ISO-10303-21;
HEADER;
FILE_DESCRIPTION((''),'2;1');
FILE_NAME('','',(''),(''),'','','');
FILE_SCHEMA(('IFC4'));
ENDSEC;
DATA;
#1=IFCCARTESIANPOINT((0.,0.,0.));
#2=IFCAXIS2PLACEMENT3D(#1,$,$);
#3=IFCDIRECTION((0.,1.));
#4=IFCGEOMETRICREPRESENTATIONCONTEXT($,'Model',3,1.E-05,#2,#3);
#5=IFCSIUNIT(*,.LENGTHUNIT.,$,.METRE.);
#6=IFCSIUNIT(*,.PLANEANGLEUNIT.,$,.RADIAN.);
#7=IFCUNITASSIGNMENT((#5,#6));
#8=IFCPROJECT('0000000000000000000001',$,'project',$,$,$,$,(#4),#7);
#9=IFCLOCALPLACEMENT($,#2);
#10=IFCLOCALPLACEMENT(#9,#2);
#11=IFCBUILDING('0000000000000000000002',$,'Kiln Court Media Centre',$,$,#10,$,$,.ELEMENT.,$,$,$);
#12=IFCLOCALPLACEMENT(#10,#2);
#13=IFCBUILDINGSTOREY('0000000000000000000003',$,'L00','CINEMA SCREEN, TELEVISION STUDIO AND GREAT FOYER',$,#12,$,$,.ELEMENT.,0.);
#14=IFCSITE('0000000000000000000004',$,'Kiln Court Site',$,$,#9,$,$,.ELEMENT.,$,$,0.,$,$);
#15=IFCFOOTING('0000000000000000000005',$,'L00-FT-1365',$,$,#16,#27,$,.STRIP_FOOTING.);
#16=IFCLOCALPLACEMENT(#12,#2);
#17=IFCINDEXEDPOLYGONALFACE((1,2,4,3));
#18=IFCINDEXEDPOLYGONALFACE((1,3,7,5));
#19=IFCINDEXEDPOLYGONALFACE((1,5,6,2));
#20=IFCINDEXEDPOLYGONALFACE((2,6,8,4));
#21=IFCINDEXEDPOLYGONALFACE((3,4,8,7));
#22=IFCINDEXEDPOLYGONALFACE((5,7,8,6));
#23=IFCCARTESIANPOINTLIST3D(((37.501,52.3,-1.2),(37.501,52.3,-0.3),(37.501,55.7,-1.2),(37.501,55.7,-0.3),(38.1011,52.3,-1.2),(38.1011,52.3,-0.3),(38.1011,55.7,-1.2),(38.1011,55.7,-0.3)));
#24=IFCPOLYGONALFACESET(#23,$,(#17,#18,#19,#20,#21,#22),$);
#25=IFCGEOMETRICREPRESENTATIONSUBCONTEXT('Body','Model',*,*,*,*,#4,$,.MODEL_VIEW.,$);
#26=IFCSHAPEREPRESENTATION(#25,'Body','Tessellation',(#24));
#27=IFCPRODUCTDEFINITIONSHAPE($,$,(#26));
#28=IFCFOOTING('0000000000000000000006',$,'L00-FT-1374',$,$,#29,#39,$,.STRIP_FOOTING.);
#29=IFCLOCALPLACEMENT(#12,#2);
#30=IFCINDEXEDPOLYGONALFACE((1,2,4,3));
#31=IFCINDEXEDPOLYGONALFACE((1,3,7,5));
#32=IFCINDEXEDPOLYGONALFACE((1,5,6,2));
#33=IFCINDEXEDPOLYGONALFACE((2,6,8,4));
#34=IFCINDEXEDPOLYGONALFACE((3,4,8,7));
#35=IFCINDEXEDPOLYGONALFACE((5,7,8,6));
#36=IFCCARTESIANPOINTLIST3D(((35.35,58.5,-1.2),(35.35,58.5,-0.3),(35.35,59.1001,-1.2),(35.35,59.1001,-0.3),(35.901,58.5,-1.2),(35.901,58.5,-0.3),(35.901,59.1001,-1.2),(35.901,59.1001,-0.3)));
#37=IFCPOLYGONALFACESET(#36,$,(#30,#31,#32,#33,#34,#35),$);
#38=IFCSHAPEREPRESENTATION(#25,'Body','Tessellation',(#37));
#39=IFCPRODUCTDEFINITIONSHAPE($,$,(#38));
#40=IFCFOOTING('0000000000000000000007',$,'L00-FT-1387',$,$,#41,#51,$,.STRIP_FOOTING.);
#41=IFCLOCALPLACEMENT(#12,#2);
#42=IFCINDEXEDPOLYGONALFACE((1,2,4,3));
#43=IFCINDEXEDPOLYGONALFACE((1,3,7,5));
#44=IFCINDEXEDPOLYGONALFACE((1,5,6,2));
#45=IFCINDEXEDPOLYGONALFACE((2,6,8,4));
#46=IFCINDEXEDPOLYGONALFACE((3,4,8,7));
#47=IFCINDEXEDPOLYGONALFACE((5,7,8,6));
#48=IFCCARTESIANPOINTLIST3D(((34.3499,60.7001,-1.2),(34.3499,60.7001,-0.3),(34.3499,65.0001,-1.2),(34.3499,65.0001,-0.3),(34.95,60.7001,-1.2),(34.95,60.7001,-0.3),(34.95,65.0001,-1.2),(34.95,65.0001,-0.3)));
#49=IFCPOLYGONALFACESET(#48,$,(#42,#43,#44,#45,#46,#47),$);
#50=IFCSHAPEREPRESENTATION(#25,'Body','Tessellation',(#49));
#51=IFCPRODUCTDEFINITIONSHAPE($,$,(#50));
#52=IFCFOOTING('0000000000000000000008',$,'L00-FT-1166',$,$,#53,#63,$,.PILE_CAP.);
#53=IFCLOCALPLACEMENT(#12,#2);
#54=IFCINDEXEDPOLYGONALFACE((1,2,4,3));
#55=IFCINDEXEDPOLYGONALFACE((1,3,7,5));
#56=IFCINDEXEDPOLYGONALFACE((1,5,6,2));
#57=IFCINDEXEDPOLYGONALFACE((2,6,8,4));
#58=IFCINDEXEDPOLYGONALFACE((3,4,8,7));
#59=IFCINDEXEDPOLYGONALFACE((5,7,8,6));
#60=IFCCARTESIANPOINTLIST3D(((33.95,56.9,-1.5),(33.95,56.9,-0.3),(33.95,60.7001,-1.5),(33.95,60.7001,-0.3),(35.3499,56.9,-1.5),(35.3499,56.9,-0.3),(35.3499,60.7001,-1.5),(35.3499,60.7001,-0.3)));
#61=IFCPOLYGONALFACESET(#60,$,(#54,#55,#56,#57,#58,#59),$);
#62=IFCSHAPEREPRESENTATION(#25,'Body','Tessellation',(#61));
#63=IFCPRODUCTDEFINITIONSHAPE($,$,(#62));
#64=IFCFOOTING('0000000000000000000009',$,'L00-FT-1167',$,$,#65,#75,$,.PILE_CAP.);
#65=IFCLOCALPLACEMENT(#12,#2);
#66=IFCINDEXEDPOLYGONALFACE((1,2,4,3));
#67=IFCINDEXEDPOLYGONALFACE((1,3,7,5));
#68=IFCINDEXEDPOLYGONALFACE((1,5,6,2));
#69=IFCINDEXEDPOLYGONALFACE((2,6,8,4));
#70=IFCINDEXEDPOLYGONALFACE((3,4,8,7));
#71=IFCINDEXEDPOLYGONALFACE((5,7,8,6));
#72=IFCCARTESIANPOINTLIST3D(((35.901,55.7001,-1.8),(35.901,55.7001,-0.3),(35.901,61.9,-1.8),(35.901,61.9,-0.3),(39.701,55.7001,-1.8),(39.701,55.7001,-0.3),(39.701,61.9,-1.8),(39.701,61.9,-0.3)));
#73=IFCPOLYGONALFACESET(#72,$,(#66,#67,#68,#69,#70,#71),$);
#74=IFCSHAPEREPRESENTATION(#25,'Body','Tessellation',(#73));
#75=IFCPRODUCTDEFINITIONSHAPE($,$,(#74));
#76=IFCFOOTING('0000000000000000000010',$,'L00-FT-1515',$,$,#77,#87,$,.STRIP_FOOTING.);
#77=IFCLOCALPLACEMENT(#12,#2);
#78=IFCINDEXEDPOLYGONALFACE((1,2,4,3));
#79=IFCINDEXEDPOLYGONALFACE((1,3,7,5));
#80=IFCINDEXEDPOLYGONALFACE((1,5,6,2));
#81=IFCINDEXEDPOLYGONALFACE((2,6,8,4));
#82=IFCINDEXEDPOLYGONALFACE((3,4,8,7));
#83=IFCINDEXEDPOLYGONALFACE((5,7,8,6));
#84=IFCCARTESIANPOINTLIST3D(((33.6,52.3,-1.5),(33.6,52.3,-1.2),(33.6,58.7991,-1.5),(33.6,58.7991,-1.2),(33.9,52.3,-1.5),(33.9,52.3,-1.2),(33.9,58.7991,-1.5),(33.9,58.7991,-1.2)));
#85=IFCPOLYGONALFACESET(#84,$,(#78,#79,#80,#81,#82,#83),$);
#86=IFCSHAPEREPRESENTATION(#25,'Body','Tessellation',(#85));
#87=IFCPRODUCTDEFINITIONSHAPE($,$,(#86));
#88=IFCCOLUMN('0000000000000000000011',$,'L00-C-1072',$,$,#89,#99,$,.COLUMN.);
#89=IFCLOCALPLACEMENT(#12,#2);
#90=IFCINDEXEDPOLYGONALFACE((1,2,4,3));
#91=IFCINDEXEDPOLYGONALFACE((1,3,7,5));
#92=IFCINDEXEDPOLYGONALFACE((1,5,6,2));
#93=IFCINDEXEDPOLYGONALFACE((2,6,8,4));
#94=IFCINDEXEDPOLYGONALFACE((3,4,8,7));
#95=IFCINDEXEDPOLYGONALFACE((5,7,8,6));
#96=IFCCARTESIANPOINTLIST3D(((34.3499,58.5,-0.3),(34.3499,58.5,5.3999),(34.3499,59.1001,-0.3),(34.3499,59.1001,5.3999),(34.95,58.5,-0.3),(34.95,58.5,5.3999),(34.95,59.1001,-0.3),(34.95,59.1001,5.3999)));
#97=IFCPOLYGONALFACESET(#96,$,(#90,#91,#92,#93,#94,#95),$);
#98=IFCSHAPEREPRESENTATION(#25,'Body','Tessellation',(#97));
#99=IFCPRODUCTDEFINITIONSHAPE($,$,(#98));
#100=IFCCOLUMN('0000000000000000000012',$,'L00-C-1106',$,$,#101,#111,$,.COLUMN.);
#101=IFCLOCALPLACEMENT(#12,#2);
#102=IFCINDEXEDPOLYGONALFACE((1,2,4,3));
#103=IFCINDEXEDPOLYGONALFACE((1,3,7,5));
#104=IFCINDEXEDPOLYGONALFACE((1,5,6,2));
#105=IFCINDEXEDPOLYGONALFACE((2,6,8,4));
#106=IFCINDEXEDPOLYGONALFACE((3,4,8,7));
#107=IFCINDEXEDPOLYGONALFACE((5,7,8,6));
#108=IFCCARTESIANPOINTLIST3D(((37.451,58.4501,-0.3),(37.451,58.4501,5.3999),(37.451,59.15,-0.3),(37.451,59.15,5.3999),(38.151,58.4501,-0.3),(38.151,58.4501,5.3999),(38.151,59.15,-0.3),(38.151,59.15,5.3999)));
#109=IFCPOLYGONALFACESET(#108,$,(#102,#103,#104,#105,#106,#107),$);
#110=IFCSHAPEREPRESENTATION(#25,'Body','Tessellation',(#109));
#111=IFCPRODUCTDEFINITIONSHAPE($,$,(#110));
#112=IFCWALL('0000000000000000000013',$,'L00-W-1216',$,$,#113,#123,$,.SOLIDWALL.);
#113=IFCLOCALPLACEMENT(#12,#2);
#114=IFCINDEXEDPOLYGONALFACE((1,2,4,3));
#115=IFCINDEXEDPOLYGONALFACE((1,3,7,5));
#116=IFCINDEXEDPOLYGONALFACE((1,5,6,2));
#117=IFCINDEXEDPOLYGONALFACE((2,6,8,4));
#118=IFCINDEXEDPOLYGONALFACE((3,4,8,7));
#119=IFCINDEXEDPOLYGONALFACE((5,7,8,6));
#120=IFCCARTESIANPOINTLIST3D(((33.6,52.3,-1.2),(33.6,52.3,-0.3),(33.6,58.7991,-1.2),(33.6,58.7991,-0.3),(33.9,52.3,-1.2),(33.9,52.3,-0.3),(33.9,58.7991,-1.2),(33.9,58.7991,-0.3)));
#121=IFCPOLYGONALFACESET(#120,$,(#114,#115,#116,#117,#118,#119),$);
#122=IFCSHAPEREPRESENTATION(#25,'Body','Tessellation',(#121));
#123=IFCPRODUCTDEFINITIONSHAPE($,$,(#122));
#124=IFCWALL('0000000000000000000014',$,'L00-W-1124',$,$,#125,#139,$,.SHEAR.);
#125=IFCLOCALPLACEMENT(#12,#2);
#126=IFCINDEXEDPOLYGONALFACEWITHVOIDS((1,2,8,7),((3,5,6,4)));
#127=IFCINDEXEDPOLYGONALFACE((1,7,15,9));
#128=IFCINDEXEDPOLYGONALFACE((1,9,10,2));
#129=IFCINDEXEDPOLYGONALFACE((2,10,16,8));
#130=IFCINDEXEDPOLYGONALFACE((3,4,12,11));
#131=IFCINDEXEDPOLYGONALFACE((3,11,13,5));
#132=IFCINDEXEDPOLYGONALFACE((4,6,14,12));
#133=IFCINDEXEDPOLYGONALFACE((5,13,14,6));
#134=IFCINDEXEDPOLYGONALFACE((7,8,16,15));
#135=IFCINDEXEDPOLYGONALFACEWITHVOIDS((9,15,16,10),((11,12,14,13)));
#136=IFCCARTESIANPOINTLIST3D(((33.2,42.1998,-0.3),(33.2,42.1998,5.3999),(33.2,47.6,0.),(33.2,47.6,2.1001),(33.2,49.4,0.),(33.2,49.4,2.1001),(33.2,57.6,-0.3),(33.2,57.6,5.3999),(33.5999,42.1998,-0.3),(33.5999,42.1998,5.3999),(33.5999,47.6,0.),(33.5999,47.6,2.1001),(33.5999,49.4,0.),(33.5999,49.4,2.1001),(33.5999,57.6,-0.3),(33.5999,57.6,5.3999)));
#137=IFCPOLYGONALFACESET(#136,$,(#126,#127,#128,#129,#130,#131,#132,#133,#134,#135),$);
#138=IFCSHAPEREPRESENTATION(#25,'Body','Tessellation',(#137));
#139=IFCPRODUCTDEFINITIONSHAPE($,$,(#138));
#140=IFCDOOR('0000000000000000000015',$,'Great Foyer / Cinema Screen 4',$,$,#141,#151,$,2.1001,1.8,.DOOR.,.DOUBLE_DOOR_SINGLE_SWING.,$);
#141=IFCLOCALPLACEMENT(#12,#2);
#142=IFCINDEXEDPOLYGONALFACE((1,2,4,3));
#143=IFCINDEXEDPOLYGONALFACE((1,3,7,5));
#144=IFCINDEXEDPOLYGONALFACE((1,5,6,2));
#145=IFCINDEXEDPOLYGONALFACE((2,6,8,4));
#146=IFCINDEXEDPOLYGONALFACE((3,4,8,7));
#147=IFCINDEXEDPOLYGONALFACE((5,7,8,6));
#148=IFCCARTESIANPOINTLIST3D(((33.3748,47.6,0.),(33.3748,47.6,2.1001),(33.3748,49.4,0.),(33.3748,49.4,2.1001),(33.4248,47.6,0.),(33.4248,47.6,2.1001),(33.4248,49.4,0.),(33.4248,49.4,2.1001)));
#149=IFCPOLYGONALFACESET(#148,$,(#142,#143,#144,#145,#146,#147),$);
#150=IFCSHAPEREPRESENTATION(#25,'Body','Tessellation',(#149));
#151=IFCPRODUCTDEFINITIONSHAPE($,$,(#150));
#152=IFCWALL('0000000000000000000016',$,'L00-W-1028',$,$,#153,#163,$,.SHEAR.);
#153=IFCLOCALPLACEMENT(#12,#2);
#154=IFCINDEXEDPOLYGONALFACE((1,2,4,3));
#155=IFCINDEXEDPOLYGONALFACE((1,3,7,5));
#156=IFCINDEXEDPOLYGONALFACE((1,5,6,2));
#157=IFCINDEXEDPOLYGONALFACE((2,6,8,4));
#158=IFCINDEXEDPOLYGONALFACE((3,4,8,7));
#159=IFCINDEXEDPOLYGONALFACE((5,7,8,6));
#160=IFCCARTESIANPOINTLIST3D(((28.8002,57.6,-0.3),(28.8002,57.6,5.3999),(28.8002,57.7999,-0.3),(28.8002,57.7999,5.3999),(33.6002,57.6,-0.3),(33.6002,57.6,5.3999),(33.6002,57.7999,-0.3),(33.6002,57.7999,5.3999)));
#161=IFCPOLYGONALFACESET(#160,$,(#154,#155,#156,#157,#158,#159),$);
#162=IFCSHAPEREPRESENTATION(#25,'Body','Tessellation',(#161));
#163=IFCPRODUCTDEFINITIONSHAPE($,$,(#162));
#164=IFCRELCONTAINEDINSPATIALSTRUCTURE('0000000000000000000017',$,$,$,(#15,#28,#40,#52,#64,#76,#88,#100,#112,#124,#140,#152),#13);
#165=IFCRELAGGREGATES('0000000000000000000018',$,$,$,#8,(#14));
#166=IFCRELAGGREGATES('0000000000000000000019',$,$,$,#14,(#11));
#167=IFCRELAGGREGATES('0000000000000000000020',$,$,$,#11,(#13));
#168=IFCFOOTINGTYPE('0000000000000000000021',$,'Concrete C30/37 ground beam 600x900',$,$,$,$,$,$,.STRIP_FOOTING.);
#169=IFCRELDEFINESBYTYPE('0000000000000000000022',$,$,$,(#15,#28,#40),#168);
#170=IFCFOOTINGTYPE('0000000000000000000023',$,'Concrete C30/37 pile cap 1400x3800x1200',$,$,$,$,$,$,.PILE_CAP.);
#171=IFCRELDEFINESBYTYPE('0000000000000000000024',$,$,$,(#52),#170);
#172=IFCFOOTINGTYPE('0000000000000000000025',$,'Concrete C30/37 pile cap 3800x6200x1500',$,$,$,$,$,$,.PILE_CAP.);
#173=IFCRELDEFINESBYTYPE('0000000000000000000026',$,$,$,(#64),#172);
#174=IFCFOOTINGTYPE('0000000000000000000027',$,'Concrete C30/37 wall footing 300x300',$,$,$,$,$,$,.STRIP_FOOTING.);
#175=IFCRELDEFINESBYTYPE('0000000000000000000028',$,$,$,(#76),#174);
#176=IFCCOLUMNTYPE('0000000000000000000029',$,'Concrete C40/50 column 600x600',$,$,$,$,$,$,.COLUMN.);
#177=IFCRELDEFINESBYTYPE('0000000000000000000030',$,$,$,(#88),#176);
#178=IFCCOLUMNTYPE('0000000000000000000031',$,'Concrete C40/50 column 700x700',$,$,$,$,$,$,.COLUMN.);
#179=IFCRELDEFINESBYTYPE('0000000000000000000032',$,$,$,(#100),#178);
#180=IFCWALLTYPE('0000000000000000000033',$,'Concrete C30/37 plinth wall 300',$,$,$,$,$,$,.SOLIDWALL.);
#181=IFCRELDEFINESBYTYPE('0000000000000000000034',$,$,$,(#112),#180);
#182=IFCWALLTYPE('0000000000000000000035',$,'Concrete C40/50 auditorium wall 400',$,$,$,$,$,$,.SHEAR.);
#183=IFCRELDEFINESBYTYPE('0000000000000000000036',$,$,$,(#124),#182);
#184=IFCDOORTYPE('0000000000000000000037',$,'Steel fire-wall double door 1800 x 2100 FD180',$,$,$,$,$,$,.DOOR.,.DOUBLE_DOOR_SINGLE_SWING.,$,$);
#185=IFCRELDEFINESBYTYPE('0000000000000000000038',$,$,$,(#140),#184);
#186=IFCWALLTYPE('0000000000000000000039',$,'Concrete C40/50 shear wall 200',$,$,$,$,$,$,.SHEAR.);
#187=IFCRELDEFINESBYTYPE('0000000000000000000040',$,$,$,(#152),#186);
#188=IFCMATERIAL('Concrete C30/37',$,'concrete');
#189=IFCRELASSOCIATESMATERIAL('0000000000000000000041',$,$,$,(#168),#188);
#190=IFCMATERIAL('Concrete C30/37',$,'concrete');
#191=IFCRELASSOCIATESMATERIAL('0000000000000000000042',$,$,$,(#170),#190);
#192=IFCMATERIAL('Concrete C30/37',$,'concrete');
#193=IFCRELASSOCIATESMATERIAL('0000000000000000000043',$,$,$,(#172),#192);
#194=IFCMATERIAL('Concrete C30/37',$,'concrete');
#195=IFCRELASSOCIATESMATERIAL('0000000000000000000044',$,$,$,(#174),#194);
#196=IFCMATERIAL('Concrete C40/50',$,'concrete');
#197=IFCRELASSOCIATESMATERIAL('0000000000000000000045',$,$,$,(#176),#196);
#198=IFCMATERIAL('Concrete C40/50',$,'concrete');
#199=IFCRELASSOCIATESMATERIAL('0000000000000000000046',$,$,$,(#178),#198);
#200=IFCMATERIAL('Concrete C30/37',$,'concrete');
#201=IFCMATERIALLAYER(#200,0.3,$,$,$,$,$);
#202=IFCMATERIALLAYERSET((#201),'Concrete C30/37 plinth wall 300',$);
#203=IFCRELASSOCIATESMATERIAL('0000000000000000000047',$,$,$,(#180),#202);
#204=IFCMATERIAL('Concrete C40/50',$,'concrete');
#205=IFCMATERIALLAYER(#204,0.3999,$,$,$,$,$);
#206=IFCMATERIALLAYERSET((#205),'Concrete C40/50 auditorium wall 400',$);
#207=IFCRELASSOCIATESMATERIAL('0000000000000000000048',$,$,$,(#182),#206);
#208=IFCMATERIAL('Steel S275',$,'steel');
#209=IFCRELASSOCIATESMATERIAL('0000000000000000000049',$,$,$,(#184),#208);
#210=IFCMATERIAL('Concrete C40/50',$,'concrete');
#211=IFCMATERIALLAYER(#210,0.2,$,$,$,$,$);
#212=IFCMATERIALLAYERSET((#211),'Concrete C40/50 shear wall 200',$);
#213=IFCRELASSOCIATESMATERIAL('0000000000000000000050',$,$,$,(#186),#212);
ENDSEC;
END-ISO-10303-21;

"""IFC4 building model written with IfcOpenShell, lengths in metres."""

from ifc_helpers import new_model, si_unit, direction, frame, frame_2d, origin, origin_2d, place, context, subcontext, project, spatial, rectangle, extrude, material, layer, layer_set, material_profile, profile_set, type_object, element, fill, save


model = new_model("IFC4")

# Units and contexts
model_context = context("Model", 3, precision=1e-05, world=origin(), true_north=direction((0.0, 1.0)))
body_context = subcontext(model_context, "Body", "Model", "MODEL_VIEW")
ifc_project = project(units=[si_unit("LENGTHUNIT", "METRE"), si_unit("PLANEANGLEUNIT", "RADIAN")], contexts=[model_context])

# Site, building, storey
site_placement = place(None, origin())
site = spatial("IfcSite", under=ifc_project, at=site_placement, Name="Kiln Court Site", CompositionType="ELEMENT", RefElevation=0.0)
building_placement = place(site_placement, origin())
building = spatial("IfcBuilding", under=site, at=building_placement, Name="Kiln Court Media Centre", CompositionType="ELEMENT")
storey_placement = place(building_placement, origin())
storey = spatial("IfcBuildingStorey", under=building, at=storey_placement, Name="L00", Description="CINEMA SCREEN, TELEVISION STUDIO AND GREAT FOYER", CompositionType="ELEMENT", Elevation=0.0)

# Footings
ifc_material_1 = material(Name="Concrete C30/37", Category="concrete")
footing_type_1 = type_object("IfcFootingType", Name="Concrete C30/37 ground beam 600x900", PredefinedType="STRIP_FOOTING", material=ifc_material_1)
footing_1_placement = place(storey_placement, frame((37.801, 54.0, -1.2), z_axis=(0.0, 0.0, 1.0), x_axis=(1.0, 0.0, 0.0)))
element("IfcFooting", 1, at=footing_1_placement, inside=storey, type_object=footing_type_1, Name="L00-FT-1365", PredefinedType="STRIP_FOOTING", context=body_context, shape_type="SweptSolid", body=[
    extrude(rectangle(XDim=0.6001, YDim=3.3999, at=origin_2d()), origin(), (0.0, 0.0, 1.0), 0.8999),
])
footing_2_placement = place(storey_placement, frame((35.6255, 58.8, -1.2), z_axis=(0.0, 0.0, 1.0), x_axis=(1.0, 0.0, 0.0)))
element("IfcFooting", 2, at=footing_2_placement, inside=storey, type_object=footing_type_1, Name="L00-FT-1374", PredefinedType="STRIP_FOOTING", context=body_context, shape_type="SweptSolid", body=[
    extrude(rectangle(XDim=0.551, YDim=0.6001, at=origin_2d()), origin(), (0.0, 0.0, 1.0), 0.8999),
])
footing_3_placement = place(storey_placement, frame((34.6499, 62.8501, -1.2), z_axis=(0.0, 0.0, 1.0), x_axis=(1.0, 0.0, 0.0)))
element("IfcFooting", 3, at=footing_3_placement, inside=storey, type_object=footing_type_1, Name="L00-FT-1387", PredefinedType="STRIP_FOOTING", context=body_context, shape_type="SweptSolid", body=[
    extrude(rectangle(XDim=0.6001, YDim=4.3, at=origin_2d()), origin(), (0.0, 0.0, 1.0), 0.8999),
])
ifc_material_2 = material(Name="Concrete C30/37", Category="concrete")
footing_type_2 = type_object("IfcFootingType", Name="Concrete C30/37 pile cap 1400x3800x1200", PredefinedType="PILE_CAP", material=ifc_material_2)
footing_4_placement = place(storey_placement, frame((34.6499, 58.8, -1.5), z_axis=(0.0, 0.0, 1.0), x_axis=(1.0, 0.0, 0.0)))
element("IfcFooting", 4, at=footing_4_placement, inside=storey, type_object=footing_type_2, Name="L00-FT-1166", PredefinedType="PILE_CAP", context=body_context, shape_type="SweptSolid", body=[
    extrude(rectangle(XDim=1.3999, YDim=3.8, at=origin_2d()), origin(), (0.0, 0.0, 1.0), 1.2),
])
ifc_material_3 = material(Name="Concrete C30/37", Category="concrete")
footing_type_3 = type_object("IfcFootingType", Name="Concrete C30/37 pile cap 3800x6200x1500", PredefinedType="PILE_CAP", material=ifc_material_3)
footing_5_placement = place(storey_placement, frame((37.801, 58.8, -1.8), z_axis=(0.0, 0.0, 1.0), x_axis=(1.0, 0.0, 0.0)))
element("IfcFooting", 5, at=footing_5_placement, inside=storey, type_object=footing_type_3, Name="L00-FT-1167", PredefinedType="PILE_CAP", context=body_context, shape_type="SweptSolid", body=[
    extrude(rectangle(XDim=3.8, YDim=6.2, at=origin_2d()), origin(), (0.0, 0.0, 1.0), 1.5),
])
ifc_material_4 = material(Name="Concrete C30/37", Category="concrete")
footing_type_4 = type_object("IfcFootingType", Name="Concrete C30/37 wall footing 300x300", PredefinedType="STRIP_FOOTING", material=ifc_material_4)
footing_6_placement = place(storey_placement, frame((33.75, 55.5496, -1.5), z_axis=(0.0, 0.0, 1.0), x_axis=(1.0, 0.0, 0.0)))
element("IfcFooting", 6, at=footing_6_placement, inside=storey, type_object=footing_type_4, Name="L00-FT-1515", PredefinedType="STRIP_FOOTING", context=body_context, shape_type="SweptSolid", body=[
    extrude(rectangle(XDim=0.3, YDim=6.499, at=origin_2d()), origin(), (0.0, 0.0, 1.0), 0.3),
])

# Columns
ifc_material_5 = material(Name="Concrete C40/50", Category="concrete")
ifc_material_profile_1 = material_profile(ifc_material_5, rectangle(XDim=0.6001, YDim=0.6001, at=origin_2d()), Name="RC 600x600")
ifc_profile_set_1 = profile_set([ifc_material_profile_1], Name="Concrete C40/50")
column_type_1 = type_object("IfcColumnType", Name="Concrete C40/50 column 600x600", PredefinedType="COLUMN", material=ifc_profile_set_1)
column_1_placement = place(storey_placement, frame((34.6499, 58.8, -0.3), z_axis=(0.0, 0.0, 1.0), x_axis=(1.0, 0.0, 0.0)))
element("IfcColumn", 7, at=column_1_placement, inside=storey, type_object=column_type_1, Name="L00-C-1072", PredefinedType="COLUMN", context=body_context, shape_type="SweptSolid", body=[
    extrude(rectangle(XDim=0.6001, YDim=0.6001, at=origin_2d()), origin(), (0.0, 0.0, 1.0), 5.7),
])
ifc_material_6 = material(Name="Concrete C40/50", Category="concrete")
ifc_material_profile_2 = material_profile(ifc_material_6, rectangle(XDim=0.7, YDim=0.7, at=origin_2d()), Name="RC 700x700")
ifc_profile_set_2 = profile_set([ifc_material_profile_2], Name="Concrete C40/50")
column_type_2 = type_object("IfcColumnType", Name="Concrete C40/50 column 700x700", PredefinedType="COLUMN", material=ifc_profile_set_2)
column_2_placement = place(storey_placement, frame((37.801, 58.8, -0.3), z_axis=(0.0, 0.0, 1.0), x_axis=(1.0, 0.0, 0.0)))
element("IfcColumn", 8, at=column_2_placement, inside=storey, type_object=column_type_2, Name="L00-C-1106", PredefinedType="COLUMN", context=body_context, shape_type="SweptSolid", body=[
    extrude(rectangle(XDim=0.7, YDim=0.7, at=origin_2d()), origin(), (0.0, 0.0, 1.0), 5.7),
])

# Wall
ifc_material_7 = material(Name="Concrete C30/37", Category="concrete")
ifc_layer_1 = layer(ifc_material_7, 0.3)
ifc_layer_set_1 = layer_set([ifc_layer_1], Name="Concrete C30/37 plinth wall 300")
wall_type_1 = type_object("IfcWallType", Name="Concrete C30/37 plinth wall 300", PredefinedType="SOLIDWALL", material=ifc_layer_set_1)
wall_1_placement = place(storey_placement, frame((33.75, 52.3, -1.2), z_axis=(0.0, 0.0, 1.0), x_axis=(0.0, 1.0, 0.0)))
element("IfcWall", 9, at=wall_1_placement, inside=storey, type_object=wall_type_1, Name="L00-W-1216", PredefinedType="SOLIDWALL", context=body_context, shape_type="SweptSolid", body=[
    extrude(rectangle(XDim=6.499, YDim=0.3, at=frame_2d((3.2495, 0.0))), origin(), (0.0, 0.0, 1.0), 0.8999),
])

# Wall, opening, door
ifc_material_8 = material(Name="Concrete C40/50", Category="concrete")
ifc_layer_2 = layer(ifc_material_8, 0.3999)
ifc_layer_set_2 = layer_set([ifc_layer_2], Name="Concrete C40/50 auditorium wall 400")
wall_type_2 = type_object("IfcWallType", Name="Concrete C40/50 auditorium wall 400", PredefinedType="SHEAR", material=ifc_layer_set_2)
wall_2_placement = place(storey_placement, frame((33.3999, 57.6001, -0.3), z_axis=(0.0, 0.0, 1.0), x_axis=(0.0, -1.0, 0.0)))
wall_2 = element("IfcWall", 10, at=wall_2_placement, inside=storey, type_object=wall_type_2, Name="L00-W-1124", PredefinedType="SHEAR", context=body_context, shape_type="SweptSolid", body=[
    extrude(rectangle(XDim=15.4001, YDim=0.3999, at=frame_2d((7.7002, 0.0))), origin(), (0.0, 0.0, 1.0), 5.7),
])
opening_placement = place(wall_2_placement, frame((8.2002, 0.0, 0.3)))
opening = element("IfcOpeningElement", 11, at=opening_placement, cuts=wall_2, PredefinedType="OPENING", context=body_context, shape_type="SweptSolid", body=[
    extrude(rectangle(XDim=1.8, YDim=2.1001, at=frame_2d((0.8999, 1.05))), frame((0.0, 0.21, 0.0), z_axis=(0.0, -1.0, 0.0), x_axis=(1.0, 0.0, 0.0)), (0.0, 0.0, 1.0), 0.4199),
])
ifc_material_9 = material(Name="Steel S275", Category="steel")
door_type = type_object("IfcDoorType", Name="Steel fire-wall double door 1800 x 2100 FD180", OperationType="DOUBLE_DOOR_SINGLE_SWING", PredefinedType="DOOR", material=ifc_material_9)
door_placement = place(opening_placement, origin())
door = element("IfcDoor", 12, at=door_placement, inside=storey, type_object=door_type, Name="Great Foyer / Cinema Screen 4", OperationType="DOUBLE_DOOR_SINGLE_SWING", OverallHeight=2.1001, OverallWidth=1.8, PredefinedType="DOOR", context=body_context, shape_type="SweptSolid", body=[
    extrude(rectangle(XDim=1.8, YDim=2.1001, at=frame_2d((0.8999, 1.05))), frame((0.0, 0.0249, 0.0), z_axis=(0.0, -1.0, 0.0), x_axis=(1.0, 0.0, 0.0)), (0.0, 0.0, 1.0), 0.05),
])
fill(opening, door)

# Wall
ifc_material_10 = material(Name="Concrete C40/50", Category="concrete")
ifc_layer_3 = layer(ifc_material_10, 0.2)
ifc_layer_set_3 = layer_set([ifc_layer_3], Name="Concrete C40/50 shear wall 200")
wall_type_3 = type_object("IfcWallType", Name="Concrete C40/50 shear wall 200", PredefinedType="SHEAR", material=ifc_layer_set_3)
wall_3_placement = place(storey_placement, frame((33.6001, 57.7, -0.3), z_axis=(0.0, 0.0, 1.0), x_axis=(-1.0, 0.0, 0.0)))
element("IfcWall", 13, at=wall_3_placement, inside=storey, type_object=wall_type_3, Name="L00-W-1028", PredefinedType="SHEAR", context=body_context, shape_type="SweptSolid", body=[
    extrude(rectangle(XDim=4.8, YDim=0.2, at=frame_2d((2.3999, 0.0))), origin(), (0.0, 0.0, 1.0), 5.7),
])

save(model, "model.ifc")
